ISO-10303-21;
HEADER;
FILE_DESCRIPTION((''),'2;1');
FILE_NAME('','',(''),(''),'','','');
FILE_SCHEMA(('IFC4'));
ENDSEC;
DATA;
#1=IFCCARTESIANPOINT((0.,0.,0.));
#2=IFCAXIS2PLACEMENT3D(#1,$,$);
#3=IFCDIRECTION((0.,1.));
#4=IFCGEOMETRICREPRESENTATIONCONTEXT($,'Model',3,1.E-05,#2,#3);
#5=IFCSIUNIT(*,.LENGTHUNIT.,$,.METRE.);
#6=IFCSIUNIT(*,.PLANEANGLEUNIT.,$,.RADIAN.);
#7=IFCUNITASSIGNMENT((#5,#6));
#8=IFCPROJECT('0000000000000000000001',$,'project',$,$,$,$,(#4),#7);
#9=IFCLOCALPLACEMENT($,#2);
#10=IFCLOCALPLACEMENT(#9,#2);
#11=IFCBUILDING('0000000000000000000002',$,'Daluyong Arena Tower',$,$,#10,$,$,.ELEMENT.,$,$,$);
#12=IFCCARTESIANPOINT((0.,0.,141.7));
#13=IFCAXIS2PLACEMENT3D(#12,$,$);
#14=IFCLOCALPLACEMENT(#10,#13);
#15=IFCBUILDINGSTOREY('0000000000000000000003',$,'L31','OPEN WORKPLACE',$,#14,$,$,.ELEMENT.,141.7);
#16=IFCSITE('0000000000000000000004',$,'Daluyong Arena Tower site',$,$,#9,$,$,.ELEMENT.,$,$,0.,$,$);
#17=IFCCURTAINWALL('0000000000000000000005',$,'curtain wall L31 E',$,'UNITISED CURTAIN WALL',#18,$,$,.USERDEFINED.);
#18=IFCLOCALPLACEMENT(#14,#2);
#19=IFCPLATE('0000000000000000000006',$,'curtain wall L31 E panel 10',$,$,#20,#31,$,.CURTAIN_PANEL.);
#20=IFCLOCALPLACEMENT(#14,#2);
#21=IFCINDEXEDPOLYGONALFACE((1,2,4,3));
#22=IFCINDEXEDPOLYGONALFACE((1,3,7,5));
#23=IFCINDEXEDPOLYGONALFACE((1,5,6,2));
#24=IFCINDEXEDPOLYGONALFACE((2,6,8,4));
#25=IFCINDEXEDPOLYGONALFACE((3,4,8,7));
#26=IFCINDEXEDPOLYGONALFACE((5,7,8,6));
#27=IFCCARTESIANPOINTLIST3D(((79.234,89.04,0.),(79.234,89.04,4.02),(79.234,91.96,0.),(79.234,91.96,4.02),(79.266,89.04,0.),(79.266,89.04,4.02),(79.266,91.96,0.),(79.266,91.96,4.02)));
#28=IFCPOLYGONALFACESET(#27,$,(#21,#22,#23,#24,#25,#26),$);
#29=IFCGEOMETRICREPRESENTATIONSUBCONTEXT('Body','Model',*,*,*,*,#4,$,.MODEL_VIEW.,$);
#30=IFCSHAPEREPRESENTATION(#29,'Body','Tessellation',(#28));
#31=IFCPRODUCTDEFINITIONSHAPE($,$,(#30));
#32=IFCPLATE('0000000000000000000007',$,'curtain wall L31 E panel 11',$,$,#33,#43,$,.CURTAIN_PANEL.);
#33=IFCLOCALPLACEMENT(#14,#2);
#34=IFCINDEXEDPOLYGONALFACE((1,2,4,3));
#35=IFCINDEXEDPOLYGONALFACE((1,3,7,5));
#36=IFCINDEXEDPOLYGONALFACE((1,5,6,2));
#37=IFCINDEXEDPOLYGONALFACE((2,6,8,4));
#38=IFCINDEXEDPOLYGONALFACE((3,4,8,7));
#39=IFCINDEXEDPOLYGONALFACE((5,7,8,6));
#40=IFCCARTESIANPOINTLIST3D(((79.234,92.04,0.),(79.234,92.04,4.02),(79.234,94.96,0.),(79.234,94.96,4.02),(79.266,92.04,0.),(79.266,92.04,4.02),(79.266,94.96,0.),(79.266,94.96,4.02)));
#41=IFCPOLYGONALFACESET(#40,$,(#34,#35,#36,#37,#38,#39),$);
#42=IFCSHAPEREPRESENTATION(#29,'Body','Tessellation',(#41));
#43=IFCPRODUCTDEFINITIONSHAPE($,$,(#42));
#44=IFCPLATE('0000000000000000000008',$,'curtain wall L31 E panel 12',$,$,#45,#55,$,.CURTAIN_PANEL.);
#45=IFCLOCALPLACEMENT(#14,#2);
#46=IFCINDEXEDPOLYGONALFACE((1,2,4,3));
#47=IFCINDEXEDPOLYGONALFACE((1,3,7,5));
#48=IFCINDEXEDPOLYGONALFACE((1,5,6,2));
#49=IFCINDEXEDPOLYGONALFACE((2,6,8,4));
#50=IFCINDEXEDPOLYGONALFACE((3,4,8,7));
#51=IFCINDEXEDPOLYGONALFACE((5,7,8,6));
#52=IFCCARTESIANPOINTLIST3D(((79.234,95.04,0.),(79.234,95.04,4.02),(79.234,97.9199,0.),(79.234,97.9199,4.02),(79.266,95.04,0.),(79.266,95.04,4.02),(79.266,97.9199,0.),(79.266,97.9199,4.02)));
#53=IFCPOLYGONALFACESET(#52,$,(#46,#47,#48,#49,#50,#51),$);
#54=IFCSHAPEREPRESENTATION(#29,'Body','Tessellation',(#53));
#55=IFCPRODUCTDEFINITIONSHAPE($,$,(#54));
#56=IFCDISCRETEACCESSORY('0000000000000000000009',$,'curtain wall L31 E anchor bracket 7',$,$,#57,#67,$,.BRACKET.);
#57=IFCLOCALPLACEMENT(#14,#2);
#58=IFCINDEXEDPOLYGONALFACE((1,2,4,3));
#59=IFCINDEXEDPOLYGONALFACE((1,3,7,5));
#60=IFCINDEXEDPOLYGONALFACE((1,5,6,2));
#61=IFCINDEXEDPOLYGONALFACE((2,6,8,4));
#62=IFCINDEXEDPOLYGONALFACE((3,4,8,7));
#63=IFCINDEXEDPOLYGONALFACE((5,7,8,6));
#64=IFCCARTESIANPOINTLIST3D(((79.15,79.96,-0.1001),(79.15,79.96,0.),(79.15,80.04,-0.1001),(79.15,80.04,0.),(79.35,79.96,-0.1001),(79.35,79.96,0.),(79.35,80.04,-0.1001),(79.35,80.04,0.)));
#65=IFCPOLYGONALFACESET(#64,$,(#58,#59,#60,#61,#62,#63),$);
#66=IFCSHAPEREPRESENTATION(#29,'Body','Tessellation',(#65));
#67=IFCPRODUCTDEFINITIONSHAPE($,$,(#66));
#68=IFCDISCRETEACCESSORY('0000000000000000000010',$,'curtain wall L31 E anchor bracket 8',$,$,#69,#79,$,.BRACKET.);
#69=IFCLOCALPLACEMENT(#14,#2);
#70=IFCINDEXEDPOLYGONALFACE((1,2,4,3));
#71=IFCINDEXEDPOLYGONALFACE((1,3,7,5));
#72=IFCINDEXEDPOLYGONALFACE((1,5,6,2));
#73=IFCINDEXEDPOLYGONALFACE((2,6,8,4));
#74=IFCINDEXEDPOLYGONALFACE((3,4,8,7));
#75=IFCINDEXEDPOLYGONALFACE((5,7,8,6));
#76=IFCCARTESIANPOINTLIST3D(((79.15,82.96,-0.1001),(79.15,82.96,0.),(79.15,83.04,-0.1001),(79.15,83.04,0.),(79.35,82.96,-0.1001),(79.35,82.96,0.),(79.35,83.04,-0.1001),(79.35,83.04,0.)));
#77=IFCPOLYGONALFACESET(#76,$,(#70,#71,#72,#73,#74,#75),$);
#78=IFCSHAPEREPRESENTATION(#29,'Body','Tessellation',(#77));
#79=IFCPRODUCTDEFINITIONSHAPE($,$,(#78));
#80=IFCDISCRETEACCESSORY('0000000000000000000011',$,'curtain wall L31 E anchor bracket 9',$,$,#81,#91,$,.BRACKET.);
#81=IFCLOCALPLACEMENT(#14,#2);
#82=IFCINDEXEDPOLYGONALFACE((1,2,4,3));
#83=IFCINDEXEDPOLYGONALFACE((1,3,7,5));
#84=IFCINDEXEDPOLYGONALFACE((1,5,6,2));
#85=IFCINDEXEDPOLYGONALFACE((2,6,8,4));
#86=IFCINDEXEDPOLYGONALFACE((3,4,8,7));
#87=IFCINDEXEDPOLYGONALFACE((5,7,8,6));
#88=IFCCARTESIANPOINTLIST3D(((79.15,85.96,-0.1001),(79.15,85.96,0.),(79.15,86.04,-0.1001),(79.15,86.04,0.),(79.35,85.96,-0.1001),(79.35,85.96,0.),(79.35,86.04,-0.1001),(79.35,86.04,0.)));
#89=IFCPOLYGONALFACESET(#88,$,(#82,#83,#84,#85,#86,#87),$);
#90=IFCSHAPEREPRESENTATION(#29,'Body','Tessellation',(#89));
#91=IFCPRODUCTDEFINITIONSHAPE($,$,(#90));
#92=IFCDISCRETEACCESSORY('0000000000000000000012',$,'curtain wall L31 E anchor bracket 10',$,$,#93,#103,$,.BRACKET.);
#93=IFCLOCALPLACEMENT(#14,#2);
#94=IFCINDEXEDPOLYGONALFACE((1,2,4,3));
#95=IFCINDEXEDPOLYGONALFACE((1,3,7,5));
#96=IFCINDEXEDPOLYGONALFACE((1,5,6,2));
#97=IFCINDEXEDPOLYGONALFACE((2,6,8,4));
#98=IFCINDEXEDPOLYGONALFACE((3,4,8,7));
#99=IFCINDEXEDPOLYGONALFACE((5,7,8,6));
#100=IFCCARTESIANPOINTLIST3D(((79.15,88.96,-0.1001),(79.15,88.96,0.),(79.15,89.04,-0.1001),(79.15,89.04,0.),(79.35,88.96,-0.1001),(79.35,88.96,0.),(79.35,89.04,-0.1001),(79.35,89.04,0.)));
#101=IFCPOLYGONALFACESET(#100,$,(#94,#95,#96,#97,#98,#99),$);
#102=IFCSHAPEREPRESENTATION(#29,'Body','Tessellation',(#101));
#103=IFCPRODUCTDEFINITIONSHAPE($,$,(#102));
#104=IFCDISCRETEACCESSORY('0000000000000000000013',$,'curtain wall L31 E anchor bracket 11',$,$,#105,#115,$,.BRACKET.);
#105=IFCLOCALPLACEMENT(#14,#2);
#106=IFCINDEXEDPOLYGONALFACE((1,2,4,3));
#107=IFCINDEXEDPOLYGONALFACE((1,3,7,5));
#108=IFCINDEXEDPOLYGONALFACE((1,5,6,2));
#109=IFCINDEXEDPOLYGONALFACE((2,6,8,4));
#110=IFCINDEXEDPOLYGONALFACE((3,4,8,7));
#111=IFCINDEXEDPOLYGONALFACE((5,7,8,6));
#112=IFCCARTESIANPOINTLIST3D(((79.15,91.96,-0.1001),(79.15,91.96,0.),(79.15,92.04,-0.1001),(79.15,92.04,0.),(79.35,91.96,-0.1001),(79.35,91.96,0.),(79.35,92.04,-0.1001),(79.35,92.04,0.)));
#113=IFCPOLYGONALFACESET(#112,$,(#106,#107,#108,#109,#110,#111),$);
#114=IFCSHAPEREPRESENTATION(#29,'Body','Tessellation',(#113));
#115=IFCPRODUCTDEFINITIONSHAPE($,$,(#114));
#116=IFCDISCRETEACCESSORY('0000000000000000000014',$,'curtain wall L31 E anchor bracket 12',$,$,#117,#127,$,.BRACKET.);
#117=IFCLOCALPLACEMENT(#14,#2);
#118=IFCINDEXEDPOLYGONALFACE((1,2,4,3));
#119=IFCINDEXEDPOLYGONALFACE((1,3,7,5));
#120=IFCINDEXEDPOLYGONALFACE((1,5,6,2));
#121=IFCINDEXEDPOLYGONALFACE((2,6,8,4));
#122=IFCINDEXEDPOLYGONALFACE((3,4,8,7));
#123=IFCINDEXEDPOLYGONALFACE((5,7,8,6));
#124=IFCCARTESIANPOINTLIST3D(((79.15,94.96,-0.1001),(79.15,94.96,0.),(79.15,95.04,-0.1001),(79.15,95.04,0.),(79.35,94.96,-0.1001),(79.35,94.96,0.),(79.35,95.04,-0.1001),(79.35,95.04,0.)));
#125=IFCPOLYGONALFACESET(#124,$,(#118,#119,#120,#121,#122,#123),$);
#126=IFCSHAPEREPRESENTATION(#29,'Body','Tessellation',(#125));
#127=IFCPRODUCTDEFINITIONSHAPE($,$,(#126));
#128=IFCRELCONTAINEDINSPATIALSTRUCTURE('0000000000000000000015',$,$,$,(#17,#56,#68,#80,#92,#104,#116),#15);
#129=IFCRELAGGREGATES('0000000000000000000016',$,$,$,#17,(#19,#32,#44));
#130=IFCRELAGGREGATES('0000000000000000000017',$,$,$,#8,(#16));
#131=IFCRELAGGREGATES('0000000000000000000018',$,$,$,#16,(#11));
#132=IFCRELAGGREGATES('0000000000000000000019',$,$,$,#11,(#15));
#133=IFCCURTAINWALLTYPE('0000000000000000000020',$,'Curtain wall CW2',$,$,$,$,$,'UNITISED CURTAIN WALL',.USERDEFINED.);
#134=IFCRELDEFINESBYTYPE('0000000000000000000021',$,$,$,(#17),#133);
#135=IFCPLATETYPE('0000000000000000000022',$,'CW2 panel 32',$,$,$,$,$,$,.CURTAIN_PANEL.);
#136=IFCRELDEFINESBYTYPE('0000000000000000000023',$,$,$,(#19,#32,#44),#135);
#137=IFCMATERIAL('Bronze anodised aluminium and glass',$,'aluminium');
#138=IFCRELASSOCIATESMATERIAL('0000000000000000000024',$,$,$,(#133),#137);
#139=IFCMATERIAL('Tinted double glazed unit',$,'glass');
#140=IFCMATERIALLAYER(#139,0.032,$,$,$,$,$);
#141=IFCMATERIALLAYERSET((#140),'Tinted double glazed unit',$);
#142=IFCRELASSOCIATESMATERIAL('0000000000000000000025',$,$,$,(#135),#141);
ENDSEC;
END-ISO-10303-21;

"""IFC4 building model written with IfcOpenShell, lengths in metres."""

from ifc_helpers import new_model, si_unit, direction, frame, origin, origin_2d, place, context, subcontext, project, spatial, rectangle, extrude, material, layer, layer_set, type_object, element, aggregate, save


model = new_model("IFC4")

# Units and contexts
model_context = context("Model", 3, precision=1e-05, world=origin(), true_north=direction((0.0, 1.0)))
body_context = subcontext(model_context, "Body", "Model", "MODEL_VIEW")
ifc_project = project(units=[si_unit("LENGTHUNIT", "METRE"), si_unit("PLANEANGLEUNIT", "RADIAN")], contexts=[model_context])

# Site, building, storey
site_placement = place(None, origin())
site = spatial("IfcSite", under=ifc_project, at=site_placement, Name="Daluyong Arena Tower site", CompositionType="ELEMENT", RefElevation=0.0)
building_placement = place(site_placement, origin())
building = spatial("IfcBuilding", under=site, at=building_placement, Name="Daluyong Arena Tower", CompositionType="ELEMENT")
storey_placement = place(building_placement, frame((0.0, 0.0, 141.7)))
storey = spatial("IfcBuildingStorey", under=building, at=storey_placement, Name="L31", Description="OPEN WORKPLACE", CompositionType="ELEMENT", Elevation=141.7)

# Curtain wall
ifc_material_1 = material(Name="Bronze anodised aluminium and glass", Category="aluminium")
curtain_wall_type = type_object("IfcCurtainWallType", Name="Curtain wall CW2", ElementType="UNITISED CURTAIN WALL", PredefinedType="USERDEFINED", material=ifc_material_1)
curtain_wall_placement = place(storey_placement, origin())
curtain_wall = element("IfcCurtainWall", 1, at=curtain_wall_placement, inside=storey, type_object=curtain_wall_type, Name="curtain wall L31 E", ObjectType="UNITISED CURTAIN WALL", PredefinedType="USERDEFINED")

# Plates
ifc_material_2 = material(Name="Tinted double glazed unit", Category="glass")
ifc_layer = layer(ifc_material_2, 0.032)
ifc_layer_set = layer_set([ifc_layer], Name="Tinted double glazed unit")
plate_type = type_object("IfcPlateType", Name="CW2 panel 32", PredefinedType="CURTAIN_PANEL", material=ifc_layer_set)
plate_1_placement = place(storey_placement, frame((79.25, 90.5, 0.0), z_axis=(0.0, 0.0, 1.0), x_axis=(0.0, 1.0, 0.0)))
plate_1 = element("IfcPlate", 2, at=plate_1_placement, type_object=plate_type, Name="curtain wall L31 E panel 10", PredefinedType="CURTAIN_PANEL", context=body_context, shape_type="SweptSolid", body=[
    extrude(rectangle(XDim=2.9199, YDim=0.032, at=origin_2d()), origin(), (0.0, 0.0, 1.0), 4.02),
])
plate_2_placement = place(storey_placement, frame((79.25, 93.5, 0.0), z_axis=(0.0, 0.0, 1.0), x_axis=(0.0, 1.0, 0.0)))
plate_2 = element("IfcPlate", 3, at=plate_2_placement, type_object=plate_type, Name="curtain wall L31 E panel 11", PredefinedType="CURTAIN_PANEL", context=body_context, shape_type="SweptSolid", body=[
    extrude(rectangle(XDim=2.9199, YDim=0.032, at=origin_2d()), origin(), (0.0, 0.0, 1.0), 4.02),
])
plate_3_placement = place(storey_placement, frame((79.25, 96.48, 0.0), z_axis=(0.0, 0.0, 1.0), x_axis=(0.0, 1.0, 0.0)))
plate_3 = element("IfcPlate", 4, at=plate_3_placement, type_object=plate_type, Name="curtain wall L31 E panel 12", PredefinedType="CURTAIN_PANEL", context=body_context, shape_type="SweptSolid", body=[
    extrude(rectangle(XDim=2.8799, YDim=0.032, at=origin_2d()), origin(), (0.0, 0.0, 1.0), 4.02),
])
aggregate(curtain_wall, [plate_1, plate_2, plate_3])

# Discrete accessories
for number, where, z_axis, x_axis, name in (
    (5, (79.25, 80.0, -0.1001), (0.0, 0.0, 1.0), (0.0, 1.0, 0.0), "curtain wall L31 E anchor bracket 7"),
    (6, (79.25, 83.0, -0.1001), (0.0, 0.0, 1.0), (0.0, 1.0, 0.0), "curtain wall L31 E anchor bracket 8"),
    (7, (79.25, 86.0, -0.1001), (0.0, 0.0, 1.0), (0.0, 1.0, 0.0), "curtain wall L31 E anchor bracket 9"),
    (8, (79.25, 89.0, -0.1001), (0.0, 0.0, 1.0), (0.0, 1.0, 0.0), "curtain wall L31 E anchor bracket 10"),
    (9, (79.25, 92.0, -0.1001), (0.0, 0.0, 1.0), (0.0, 1.0, 0.0), "curtain wall L31 E anchor bracket 11"),
    (10, (79.25, 95.0, -0.1001), (0.0, 0.0, 1.0), (0.0, 1.0, 0.0), "curtain wall L31 E anchor bracket 12"),
):
    element("IfcDiscreteAccessory", number, at=place(storey_placement, frame(where, z_axis=z_axis, x_axis=x_axis)), inside=storey, Name=name, PredefinedType="BRACKET", context=body_context, shape_type="SweptSolid", body=[
        extrude(rectangle(XDim=0.0801, YDim=0.2, at=origin_2d()), origin(), (0.0, 0.0, 1.0), 0.1001),
    ])

save(model, "model.ifc")
